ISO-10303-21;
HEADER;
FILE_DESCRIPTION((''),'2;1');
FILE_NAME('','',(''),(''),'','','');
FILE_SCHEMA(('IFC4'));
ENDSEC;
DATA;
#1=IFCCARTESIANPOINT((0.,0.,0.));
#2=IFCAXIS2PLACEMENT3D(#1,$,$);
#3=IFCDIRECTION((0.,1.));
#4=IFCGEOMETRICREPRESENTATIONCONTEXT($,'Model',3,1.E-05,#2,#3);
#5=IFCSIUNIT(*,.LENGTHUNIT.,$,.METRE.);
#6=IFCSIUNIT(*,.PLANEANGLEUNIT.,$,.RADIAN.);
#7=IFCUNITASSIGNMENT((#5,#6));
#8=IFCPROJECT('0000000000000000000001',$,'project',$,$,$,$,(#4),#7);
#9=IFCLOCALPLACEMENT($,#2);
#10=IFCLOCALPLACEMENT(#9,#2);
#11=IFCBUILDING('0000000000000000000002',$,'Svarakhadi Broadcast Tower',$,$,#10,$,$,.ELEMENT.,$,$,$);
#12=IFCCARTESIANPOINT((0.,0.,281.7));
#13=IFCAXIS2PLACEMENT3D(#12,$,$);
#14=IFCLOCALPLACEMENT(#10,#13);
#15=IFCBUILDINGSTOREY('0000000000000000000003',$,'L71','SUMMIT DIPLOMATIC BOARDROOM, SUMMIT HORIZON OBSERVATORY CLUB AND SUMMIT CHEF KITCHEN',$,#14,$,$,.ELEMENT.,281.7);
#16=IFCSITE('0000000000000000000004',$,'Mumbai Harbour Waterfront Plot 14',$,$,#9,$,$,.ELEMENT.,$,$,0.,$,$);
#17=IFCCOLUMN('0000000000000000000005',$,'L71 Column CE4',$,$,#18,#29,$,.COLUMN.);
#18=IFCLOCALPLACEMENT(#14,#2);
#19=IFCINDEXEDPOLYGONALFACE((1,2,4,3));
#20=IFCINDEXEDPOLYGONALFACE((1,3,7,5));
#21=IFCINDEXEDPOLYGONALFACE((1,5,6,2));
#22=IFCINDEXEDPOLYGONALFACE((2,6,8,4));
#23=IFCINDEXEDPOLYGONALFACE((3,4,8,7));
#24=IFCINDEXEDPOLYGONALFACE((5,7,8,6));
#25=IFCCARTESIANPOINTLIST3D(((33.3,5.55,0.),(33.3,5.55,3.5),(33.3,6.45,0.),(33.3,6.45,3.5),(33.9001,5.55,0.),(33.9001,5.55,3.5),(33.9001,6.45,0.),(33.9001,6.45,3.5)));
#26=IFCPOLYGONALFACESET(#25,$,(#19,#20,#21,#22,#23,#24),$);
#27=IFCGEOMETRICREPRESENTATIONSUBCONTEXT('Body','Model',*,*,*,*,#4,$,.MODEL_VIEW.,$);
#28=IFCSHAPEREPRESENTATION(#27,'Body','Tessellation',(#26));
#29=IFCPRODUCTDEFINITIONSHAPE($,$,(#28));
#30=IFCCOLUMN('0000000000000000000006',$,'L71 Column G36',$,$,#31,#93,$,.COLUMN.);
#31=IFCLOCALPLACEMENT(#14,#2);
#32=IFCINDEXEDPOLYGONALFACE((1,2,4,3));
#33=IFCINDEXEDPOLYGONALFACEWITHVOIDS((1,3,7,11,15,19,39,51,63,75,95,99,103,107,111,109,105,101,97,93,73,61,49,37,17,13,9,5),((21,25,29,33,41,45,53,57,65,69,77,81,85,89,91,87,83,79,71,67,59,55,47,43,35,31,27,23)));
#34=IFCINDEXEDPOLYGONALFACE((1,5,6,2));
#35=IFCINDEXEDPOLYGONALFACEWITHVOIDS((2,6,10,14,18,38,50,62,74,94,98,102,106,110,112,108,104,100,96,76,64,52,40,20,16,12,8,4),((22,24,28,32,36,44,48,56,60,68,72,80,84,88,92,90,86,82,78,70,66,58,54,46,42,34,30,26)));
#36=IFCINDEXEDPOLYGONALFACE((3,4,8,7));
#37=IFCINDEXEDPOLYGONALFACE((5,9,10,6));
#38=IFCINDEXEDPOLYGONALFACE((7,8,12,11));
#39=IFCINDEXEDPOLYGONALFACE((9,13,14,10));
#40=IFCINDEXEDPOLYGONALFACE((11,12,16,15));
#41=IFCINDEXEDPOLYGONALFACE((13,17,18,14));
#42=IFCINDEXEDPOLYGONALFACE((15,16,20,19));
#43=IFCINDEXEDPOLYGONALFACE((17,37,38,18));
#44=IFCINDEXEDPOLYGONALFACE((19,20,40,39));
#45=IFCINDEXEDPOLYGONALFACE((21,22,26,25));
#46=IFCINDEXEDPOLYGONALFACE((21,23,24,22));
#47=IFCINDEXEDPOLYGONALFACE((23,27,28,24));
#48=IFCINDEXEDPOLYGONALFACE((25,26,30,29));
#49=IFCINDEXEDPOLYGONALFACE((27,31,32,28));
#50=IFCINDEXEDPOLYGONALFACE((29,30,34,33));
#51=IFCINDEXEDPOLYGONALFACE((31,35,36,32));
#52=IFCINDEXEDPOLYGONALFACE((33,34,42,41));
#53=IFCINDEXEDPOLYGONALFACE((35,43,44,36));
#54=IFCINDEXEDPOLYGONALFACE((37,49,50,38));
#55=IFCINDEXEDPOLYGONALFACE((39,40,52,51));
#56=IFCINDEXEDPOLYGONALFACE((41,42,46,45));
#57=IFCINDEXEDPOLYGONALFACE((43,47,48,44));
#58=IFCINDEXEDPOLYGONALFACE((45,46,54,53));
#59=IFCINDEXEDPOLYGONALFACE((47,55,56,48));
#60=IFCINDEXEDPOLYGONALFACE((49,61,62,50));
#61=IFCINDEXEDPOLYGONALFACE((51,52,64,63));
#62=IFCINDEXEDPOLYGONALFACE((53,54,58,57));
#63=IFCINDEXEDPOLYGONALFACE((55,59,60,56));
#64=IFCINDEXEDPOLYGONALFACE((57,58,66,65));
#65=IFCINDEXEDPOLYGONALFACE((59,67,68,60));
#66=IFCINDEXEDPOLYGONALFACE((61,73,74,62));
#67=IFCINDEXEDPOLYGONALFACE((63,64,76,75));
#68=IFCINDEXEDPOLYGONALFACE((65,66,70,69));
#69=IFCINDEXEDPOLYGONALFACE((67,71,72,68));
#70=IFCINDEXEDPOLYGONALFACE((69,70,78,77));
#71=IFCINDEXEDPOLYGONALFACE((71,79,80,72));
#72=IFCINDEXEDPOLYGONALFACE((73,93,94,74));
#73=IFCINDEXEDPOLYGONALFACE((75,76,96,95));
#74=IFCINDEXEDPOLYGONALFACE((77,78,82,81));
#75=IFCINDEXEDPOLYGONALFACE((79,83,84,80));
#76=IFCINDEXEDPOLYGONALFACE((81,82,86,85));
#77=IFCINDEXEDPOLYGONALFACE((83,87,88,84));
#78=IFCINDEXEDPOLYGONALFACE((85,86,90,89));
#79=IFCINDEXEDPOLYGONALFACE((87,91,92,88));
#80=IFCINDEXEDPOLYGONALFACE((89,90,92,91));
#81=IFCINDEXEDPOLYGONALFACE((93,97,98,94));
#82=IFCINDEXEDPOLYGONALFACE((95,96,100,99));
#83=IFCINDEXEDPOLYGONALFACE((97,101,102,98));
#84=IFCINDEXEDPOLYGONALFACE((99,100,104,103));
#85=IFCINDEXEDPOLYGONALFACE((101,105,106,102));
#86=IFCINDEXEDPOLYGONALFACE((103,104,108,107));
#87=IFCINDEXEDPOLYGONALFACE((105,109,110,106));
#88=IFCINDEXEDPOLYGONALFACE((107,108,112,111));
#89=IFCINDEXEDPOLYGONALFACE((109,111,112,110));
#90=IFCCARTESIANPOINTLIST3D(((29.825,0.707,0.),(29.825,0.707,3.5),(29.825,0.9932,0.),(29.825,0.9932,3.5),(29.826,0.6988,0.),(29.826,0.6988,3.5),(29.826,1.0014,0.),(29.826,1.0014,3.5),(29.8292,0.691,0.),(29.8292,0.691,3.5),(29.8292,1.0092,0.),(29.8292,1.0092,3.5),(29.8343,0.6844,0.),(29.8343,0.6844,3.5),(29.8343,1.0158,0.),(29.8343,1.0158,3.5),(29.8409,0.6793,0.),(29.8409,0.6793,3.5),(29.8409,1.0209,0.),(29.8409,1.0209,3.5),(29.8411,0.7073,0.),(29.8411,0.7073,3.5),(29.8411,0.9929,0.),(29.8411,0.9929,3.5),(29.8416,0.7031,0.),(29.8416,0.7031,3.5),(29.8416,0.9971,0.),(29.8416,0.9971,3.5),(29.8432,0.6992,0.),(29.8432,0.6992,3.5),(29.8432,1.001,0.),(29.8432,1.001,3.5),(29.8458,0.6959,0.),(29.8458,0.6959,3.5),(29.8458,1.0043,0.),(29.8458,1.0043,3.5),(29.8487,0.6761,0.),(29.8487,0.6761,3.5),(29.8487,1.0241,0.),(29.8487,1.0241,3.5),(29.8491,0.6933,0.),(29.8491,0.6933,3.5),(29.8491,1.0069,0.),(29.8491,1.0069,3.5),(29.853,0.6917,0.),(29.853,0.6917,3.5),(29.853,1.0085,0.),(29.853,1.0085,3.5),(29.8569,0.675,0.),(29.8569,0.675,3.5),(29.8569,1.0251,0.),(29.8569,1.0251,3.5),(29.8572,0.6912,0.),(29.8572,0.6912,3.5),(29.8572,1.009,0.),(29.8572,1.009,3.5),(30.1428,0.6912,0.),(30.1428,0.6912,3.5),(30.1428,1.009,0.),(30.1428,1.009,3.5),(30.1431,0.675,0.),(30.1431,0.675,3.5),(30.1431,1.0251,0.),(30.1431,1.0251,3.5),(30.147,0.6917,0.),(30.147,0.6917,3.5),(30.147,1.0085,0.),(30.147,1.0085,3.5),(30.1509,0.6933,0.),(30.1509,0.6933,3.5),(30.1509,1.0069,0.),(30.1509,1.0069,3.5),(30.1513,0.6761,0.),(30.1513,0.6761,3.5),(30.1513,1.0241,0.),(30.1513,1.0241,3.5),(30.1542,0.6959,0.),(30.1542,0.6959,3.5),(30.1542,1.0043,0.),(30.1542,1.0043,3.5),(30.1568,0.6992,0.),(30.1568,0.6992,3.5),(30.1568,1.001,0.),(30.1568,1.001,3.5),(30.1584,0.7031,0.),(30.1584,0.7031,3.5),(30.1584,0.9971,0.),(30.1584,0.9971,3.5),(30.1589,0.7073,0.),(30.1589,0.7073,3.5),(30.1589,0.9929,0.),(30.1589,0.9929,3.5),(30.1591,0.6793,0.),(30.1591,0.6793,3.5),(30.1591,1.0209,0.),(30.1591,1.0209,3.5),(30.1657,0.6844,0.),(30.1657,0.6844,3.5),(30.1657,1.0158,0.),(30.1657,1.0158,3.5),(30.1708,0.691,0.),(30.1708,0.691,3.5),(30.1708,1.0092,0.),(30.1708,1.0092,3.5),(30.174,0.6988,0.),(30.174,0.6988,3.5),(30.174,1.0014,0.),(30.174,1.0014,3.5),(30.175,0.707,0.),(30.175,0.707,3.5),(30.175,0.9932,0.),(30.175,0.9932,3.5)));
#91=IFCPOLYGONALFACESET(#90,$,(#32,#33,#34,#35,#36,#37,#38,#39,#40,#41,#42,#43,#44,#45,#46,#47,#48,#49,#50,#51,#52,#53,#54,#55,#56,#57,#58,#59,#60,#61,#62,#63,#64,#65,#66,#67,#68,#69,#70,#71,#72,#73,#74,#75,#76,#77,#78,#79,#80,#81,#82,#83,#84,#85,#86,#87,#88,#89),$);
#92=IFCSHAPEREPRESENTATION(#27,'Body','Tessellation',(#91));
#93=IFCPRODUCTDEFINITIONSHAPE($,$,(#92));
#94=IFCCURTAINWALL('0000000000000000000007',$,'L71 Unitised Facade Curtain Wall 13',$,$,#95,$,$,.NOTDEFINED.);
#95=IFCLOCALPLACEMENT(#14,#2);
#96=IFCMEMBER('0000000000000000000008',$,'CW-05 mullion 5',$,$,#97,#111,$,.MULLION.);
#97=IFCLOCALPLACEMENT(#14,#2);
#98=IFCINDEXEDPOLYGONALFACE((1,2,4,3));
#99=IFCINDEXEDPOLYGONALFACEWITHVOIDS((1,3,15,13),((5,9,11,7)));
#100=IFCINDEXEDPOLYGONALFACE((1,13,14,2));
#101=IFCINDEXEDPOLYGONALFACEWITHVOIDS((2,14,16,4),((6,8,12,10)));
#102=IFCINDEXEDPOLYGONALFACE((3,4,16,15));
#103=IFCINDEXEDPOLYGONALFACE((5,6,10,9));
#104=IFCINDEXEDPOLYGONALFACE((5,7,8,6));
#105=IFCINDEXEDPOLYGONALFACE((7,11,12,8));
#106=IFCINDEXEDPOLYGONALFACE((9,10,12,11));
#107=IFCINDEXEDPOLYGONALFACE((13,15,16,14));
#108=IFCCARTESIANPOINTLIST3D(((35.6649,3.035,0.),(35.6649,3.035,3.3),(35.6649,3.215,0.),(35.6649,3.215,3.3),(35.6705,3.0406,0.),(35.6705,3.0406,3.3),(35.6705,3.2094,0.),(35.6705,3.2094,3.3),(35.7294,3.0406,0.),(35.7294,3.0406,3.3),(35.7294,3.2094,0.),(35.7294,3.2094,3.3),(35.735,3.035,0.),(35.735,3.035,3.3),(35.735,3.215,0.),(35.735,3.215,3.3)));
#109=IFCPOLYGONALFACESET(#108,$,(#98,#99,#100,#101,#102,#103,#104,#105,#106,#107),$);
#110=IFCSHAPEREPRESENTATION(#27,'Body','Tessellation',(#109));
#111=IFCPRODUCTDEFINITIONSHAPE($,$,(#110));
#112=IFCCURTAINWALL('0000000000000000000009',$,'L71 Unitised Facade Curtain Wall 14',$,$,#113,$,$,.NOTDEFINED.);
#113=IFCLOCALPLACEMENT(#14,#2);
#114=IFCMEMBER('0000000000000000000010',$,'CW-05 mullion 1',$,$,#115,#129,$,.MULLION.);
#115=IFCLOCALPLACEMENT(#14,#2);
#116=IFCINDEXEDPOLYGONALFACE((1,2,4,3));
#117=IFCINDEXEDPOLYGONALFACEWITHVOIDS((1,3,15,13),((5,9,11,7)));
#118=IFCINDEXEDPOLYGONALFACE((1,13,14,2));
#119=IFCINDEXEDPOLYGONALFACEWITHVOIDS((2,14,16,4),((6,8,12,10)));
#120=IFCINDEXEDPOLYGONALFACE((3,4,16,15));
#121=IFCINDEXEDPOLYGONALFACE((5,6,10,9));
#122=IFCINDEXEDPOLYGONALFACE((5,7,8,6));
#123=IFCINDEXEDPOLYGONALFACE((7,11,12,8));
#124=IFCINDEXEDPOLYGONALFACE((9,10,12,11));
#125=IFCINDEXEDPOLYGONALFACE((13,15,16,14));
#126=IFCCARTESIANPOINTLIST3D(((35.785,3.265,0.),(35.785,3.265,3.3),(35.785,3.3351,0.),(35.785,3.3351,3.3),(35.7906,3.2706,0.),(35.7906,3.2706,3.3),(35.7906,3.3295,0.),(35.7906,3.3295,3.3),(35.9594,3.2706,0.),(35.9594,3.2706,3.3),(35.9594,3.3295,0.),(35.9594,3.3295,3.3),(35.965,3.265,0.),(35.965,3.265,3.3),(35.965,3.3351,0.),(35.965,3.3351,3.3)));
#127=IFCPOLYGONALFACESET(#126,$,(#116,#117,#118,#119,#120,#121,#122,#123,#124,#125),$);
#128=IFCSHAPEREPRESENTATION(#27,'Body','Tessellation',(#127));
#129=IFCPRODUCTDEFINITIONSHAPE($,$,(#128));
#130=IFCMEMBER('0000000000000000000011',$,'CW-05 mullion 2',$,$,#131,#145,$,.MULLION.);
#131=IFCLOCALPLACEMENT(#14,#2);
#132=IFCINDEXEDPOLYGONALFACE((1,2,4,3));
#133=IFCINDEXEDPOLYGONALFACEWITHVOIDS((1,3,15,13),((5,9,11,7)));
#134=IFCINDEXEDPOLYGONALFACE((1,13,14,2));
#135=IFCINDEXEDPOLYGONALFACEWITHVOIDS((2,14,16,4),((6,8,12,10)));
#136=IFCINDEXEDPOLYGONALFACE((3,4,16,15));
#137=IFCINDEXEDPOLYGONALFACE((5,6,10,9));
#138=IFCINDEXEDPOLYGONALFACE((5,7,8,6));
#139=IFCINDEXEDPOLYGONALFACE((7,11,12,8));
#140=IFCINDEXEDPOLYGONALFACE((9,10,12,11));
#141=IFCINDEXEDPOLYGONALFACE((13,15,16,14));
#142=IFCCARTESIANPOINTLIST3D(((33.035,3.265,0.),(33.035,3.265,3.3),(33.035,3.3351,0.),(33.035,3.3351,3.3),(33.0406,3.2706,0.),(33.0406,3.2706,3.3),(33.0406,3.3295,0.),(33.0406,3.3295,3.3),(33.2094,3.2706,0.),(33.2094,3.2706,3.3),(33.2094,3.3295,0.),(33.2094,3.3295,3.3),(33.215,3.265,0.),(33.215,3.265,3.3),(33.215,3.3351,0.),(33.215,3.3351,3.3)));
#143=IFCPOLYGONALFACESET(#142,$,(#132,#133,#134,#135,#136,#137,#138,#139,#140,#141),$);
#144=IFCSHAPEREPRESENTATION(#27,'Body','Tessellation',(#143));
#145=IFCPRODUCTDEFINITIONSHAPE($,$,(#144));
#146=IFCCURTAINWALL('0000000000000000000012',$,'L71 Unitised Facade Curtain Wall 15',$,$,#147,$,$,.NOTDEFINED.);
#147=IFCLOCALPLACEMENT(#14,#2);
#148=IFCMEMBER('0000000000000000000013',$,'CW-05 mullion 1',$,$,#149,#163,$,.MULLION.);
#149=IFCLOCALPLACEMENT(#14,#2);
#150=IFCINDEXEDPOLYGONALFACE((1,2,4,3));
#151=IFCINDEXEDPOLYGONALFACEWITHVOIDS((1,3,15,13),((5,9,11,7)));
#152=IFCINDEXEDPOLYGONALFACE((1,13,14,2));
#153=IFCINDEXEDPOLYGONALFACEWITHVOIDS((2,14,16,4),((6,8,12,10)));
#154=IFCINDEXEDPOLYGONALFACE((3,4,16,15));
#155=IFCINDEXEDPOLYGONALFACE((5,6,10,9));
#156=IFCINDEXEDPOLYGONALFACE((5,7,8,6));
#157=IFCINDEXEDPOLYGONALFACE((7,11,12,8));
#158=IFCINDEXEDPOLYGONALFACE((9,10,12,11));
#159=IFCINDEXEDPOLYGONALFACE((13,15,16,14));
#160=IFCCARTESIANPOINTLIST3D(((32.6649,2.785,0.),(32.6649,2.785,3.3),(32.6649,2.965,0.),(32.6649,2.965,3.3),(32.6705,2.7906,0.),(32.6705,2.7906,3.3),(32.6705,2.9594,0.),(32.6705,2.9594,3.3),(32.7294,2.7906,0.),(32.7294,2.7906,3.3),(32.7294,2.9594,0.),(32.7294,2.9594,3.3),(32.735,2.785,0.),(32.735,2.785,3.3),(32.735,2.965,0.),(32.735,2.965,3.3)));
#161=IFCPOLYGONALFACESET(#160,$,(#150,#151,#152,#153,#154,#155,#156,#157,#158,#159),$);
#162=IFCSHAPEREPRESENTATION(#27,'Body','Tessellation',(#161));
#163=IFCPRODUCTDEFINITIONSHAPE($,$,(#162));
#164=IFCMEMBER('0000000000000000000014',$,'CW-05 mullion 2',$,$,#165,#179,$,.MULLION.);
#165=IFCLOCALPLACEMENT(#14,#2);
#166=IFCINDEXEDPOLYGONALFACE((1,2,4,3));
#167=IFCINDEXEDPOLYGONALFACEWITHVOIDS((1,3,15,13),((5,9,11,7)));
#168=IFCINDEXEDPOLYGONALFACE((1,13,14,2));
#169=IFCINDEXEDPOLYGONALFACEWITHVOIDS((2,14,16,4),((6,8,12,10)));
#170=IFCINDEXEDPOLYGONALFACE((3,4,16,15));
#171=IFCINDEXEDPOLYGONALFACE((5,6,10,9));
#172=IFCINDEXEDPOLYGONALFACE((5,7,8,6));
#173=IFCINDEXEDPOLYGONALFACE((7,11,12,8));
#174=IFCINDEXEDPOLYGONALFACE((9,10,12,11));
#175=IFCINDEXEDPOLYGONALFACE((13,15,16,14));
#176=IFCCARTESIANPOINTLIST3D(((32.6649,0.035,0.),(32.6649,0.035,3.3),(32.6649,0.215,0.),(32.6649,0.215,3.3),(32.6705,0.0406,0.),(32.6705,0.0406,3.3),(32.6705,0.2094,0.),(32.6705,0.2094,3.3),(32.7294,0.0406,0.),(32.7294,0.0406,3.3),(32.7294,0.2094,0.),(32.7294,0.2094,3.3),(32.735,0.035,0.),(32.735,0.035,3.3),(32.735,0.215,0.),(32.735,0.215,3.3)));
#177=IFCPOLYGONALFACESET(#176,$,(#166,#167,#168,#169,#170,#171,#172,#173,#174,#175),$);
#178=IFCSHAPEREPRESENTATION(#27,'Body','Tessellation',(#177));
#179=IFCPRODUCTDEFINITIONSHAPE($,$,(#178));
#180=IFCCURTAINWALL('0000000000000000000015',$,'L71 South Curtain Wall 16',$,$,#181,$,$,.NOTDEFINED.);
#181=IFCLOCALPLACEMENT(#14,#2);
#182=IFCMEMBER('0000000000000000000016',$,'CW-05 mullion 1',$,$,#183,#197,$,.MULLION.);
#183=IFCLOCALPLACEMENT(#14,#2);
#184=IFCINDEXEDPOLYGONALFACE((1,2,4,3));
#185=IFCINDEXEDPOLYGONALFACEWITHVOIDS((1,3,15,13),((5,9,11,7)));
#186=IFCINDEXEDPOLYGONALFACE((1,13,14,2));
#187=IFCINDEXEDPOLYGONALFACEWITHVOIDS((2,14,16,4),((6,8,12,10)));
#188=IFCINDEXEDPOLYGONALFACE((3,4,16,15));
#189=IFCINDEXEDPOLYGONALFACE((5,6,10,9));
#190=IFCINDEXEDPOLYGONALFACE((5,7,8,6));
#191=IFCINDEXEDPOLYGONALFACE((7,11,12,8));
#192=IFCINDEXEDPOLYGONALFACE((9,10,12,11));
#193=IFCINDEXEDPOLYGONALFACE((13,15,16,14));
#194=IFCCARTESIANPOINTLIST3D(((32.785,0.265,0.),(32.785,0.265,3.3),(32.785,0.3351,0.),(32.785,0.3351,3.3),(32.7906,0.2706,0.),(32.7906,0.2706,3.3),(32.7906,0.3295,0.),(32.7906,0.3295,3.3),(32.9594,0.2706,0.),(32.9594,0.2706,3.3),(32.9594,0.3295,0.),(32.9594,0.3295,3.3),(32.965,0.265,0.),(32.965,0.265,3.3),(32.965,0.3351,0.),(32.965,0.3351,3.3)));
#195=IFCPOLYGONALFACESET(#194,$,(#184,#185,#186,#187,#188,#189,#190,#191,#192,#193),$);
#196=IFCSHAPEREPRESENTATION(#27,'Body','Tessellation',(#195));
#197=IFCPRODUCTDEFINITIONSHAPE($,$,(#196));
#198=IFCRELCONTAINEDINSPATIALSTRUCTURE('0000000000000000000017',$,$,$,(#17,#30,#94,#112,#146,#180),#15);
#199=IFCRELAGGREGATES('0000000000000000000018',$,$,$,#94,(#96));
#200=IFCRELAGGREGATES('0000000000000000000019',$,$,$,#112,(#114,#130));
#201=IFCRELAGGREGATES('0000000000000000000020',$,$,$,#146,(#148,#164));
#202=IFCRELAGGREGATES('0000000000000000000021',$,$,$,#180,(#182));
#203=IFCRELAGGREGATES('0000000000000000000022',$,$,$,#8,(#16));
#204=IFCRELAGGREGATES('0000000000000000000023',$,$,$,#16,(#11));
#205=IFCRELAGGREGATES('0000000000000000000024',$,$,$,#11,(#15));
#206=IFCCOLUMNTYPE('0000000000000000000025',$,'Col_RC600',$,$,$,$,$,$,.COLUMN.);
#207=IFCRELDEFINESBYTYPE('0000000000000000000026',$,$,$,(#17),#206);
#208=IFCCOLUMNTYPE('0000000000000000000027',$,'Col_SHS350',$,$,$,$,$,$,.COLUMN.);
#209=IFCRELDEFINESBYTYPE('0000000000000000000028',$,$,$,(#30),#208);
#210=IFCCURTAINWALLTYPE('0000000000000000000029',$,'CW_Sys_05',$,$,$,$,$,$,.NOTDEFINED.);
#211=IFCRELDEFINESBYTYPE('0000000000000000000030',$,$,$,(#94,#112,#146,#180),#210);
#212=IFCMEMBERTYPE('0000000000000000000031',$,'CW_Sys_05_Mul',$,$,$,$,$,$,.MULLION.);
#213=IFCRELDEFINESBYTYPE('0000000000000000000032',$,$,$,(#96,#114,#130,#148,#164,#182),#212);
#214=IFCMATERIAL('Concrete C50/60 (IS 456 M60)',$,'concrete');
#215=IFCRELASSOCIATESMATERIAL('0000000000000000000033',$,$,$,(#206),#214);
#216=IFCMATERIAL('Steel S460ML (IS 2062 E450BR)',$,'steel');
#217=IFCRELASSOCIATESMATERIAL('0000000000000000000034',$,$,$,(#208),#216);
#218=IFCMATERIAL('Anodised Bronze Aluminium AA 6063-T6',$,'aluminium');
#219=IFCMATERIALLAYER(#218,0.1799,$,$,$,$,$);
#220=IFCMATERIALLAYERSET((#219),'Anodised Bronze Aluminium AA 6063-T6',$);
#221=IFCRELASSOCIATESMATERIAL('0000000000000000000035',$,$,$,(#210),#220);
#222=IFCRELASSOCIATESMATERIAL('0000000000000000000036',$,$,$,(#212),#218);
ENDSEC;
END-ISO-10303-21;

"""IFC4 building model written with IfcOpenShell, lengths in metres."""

from ifc_helpers import new_model, si_unit, direction, frame, origin, origin_2d, place, context, subcontext, project, spatial, rectangle, hollow_rectangle, extrude, material, layer, layer_set, material_profile, profile_set, type_object, element, aggregate, save


model = new_model("IFC4")

# Units and contexts
model_context = context("Model", 3, precision=1e-05, world=origin(), true_north=direction((0.0, 1.0)))
body_context = subcontext(model_context, "Body", "Model", "MODEL_VIEW")
ifc_project = project(units=[si_unit("LENGTHUNIT", "METRE"), si_unit("PLANEANGLEUNIT", "RADIAN")], contexts=[model_context])

# Site, building, storey
site_placement = place(None, origin())
site = spatial("IfcSite", under=ifc_project, at=site_placement, Name="Mumbai Harbour Waterfront Plot 14", CompositionType="ELEMENT", RefElevation=0.0)
building_placement = place(site_placement, origin())
building = spatial("IfcBuilding", under=site, at=building_placement, Name="Svarakhadi Broadcast Tower", CompositionType="ELEMENT")
storey_placement = place(building_placement, frame((0.0, 0.0, 281.7)))
storey = spatial("IfcBuildingStorey", under=building, at=storey_placement, Name="L71", Description="SUMMIT DIPLOMATIC BOARDROOM, SUMMIT HORIZON OBSERVATORY CLUB AND SUMMIT CHEF KITCHEN", CompositionType="ELEMENT", Elevation=281.7)

# Columns
ifc_material_1 = material(Name="Concrete C50/60 (IS 456 M60)", Category="concrete")
ifc_material_profile_1 = material_profile(ifc_material_1, rectangle(XDim=0.6001, YDim=0.8999, at=origin_2d()), Name="RC 600x900")
ifc_profile_set_1 = profile_set([ifc_material_profile_1], Name="Concrete C50/60 (IS 456 M60)")
column_type_1 = type_object("IfcColumnType", Name="Col_RC600", PredefinedType="COLUMN", material=ifc_profile_set_1)
column_1_placement = place(storey_placement, frame((33.6001, 6.0, 0.0), z_axis=(0.0, 0.0, 1.0), x_axis=(1.0, 0.0, 0.0)))
element("IfcColumn", 1, at=column_1_placement, inside=storey, type_object=column_type_1, Name="L71 Column CE4", PredefinedType="COLUMN", context=body_context, shape_type="SweptSolid", body=[
    extrude(rectangle(XDim=0.6001, YDim=0.8999, at=origin_2d()), origin(), (0.0, 0.0, 1.0), 3.5),
])
ifc_material_2 = material(Name="Steel S460ML (IS 2062 E450BR)", Category="steel")
ifc_material_profile_2 = material_profile(ifc_material_2, hollow_rectangle(XDim=0.3501, YDim=0.3501, WallThickness=0.0161, InnerFilletRadius=0.0161, OuterFilletRadius=0.032, at=origin_2d()), Name="SHS 350x350x16")
ifc_profile_set_2 = profile_set([ifc_material_profile_2], Name="Steel S460ML (IS 2062 E450BR)")
column_type_2 = type_object("IfcColumnType", Name="Col_SHS350", PredefinedType="COLUMN", material=ifc_profile_set_2)
column_2_placement = place(storey_placement, frame((30.0, 0.8501, 0.0), z_axis=(0.0, 0.0, 1.0), x_axis=(1.0, 0.0, 0.0)))
element("IfcColumn", 2, at=column_2_placement, inside=storey, type_object=column_type_2, Name="L71 Column G36", PredefinedType="COLUMN", context=body_context, shape_type="SweptSolid", body=[
    extrude(hollow_rectangle(XDim=0.3501, YDim=0.3501, WallThickness=0.0161, InnerFilletRadius=0.0161, OuterFilletRadius=0.032, at=origin_2d()), origin(), (0.0, 0.0, 1.0), 3.5),
])

# Curtain wall, member
ifc_material_3 = material(Name="Anodised Bronze Aluminium AA 6063-T6", Category="aluminium")
ifc_layer_1 = layer(ifc_material_3, 0.1799)
ifc_layer_set_1 = layer_set([ifc_layer_1], Name="Anodised Bronze Aluminium AA 6063-T6")
curtain_wall_type = type_object("IfcCurtainWallType", Name="CW_Sys_05", PredefinedType="NOTDEFINED", material=ifc_layer_set_1)
curtain_wall_1_placement = place(storey_placement, origin())
curtain_wall_1 = element("IfcCurtainWall", 3, at=curtain_wall_1_placement, inside=storey, type_object=curtain_wall_type, Name="L71 Unitised Facade Curtain Wall 13", PredefinedType="NOTDEFINED")
ifc_material_profile_3 = material_profile(ifc_material_3, hollow_rectangle(XDim=0.0701, YDim=0.1799, WallThickness=0.0056, at=origin_2d()), Name="ALU MULLION 180x70x6")
ifc_profile_set_3 = profile_set([ifc_material_profile_3], Name="Anodised Bronze Aluminium AA 6063-T6")
member_type_1 = type_object("IfcMemberType", Name="CW_Sys_05_Mul", PredefinedType="MULLION", material=ifc_profile_set_3)
member_1_placement = place(storey_placement, frame((35.7, 3.125, 0.0), z_axis=(0.0, 0.0, 1.0), x_axis=(1.0, 0.0, 0.0)))
member_1 = element("IfcMember", 4, at=member_1_placement, type_object=member_type_1, Name="CW-05 mullion 5", PredefinedType="MULLION", context=body_context, shape_type="SweptSolid", body=[
    extrude(hollow_rectangle(XDim=0.0701, YDim=0.1799, WallThickness=0.0056, at=origin_2d()), origin(), (0.0, 0.0, 1.0), 3.3),
])

# Curtain walls, members
curtain_wall_2_placement = place(storey_placement, origin())
curtain_wall_2 = element("IfcCurtainWall", 5, at=curtain_wall_2_placement, inside=storey, type_object=curtain_wall_type, Name="L71 Unitised Facade Curtain Wall 14", PredefinedType="NOTDEFINED")
member_2_placement = place(storey_placement, frame((35.875, 3.3, 0.0), z_axis=(0.0, 0.0, 1.0), x_axis=(0.0, -1.0, 0.0)))
member_2 = element("IfcMember", 6, at=member_2_placement, type_object=member_type_1, Name="CW-05 mullion 1", PredefinedType="MULLION", context=body_context, shape_type="SweptSolid", body=[
    extrude(hollow_rectangle(XDim=0.0701, YDim=0.1799, WallThickness=0.0056, at=origin_2d()), origin(), (0.0, 0.0, 1.0), 3.3),
])
member_3_placement = place(storey_placement, frame((33.125, 3.3, 0.0), z_axis=(0.0, 0.0, 1.0), x_axis=(0.0, -1.0, 0.0)))
member_3 = element("IfcMember", 7, at=member_3_placement, type_object=member_type_1, Name="CW-05 mullion 2", PredefinedType="MULLION", context=body_context, shape_type="SweptSolid", body=[
    extrude(hollow_rectangle(XDim=0.0701, YDim=0.1799, WallThickness=0.0056, at=origin_2d()), origin(), (0.0, 0.0, 1.0), 3.3),
])
curtain_wall_3_placement = place(storey_placement, origin())
curtain_wall_3 = element("IfcCurtainWall", 8, at=curtain_wall_3_placement, inside=storey, type_object=curtain_wall_type, Name="L71 Unitised Facade Curtain Wall 15", PredefinedType="NOTDEFINED")
member_4_placement = place(storey_placement, frame((32.7, 2.875, 0.0), z_axis=(0.0, 0.0, 1.0), x_axis=(1.0, 0.0, 0.0)))
member_4 = element("IfcMember", 9, at=member_4_placement, type_object=member_type_1, Name="CW-05 mullion 1", PredefinedType="MULLION", context=body_context, shape_type="SweptSolid", body=[
    extrude(hollow_rectangle(XDim=0.0701, YDim=0.1799, WallThickness=0.0056, at=origin_2d()), origin(), (0.0, 0.0, 1.0), 3.3),
])
member_5_placement = place(storey_placement, frame((32.7, 0.125, 0.0), z_axis=(0.0, 0.0, 1.0), x_axis=(1.0, 0.0, 0.0)))
member_5 = element("IfcMember", 10, at=member_5_placement, type_object=member_type_1, Name="CW-05 mullion 2", PredefinedType="MULLION", context=body_context, shape_type="SweptSolid", body=[
    extrude(hollow_rectangle(XDim=0.0701, YDim=0.1799, WallThickness=0.0056, at=origin_2d()), origin(), (0.0, 0.0, 1.0), 3.3),
])
curtain_wall_4_placement = place(storey_placement, origin())
curtain_wall_4 = element("IfcCurtainWall", 11, at=curtain_wall_4_placement, inside=storey, type_object=curtain_wall_type, Name="L71 South Curtain Wall 16", PredefinedType="NOTDEFINED")
member_6_placement = place(storey_placement, frame((32.875, 0.3, 0.0), z_axis=(0.0, 0.0, 1.0), x_axis=(0.0, -1.0, 0.0)))
member_6 = element("IfcMember", 12, at=member_6_placement, type_object=member_type_1, Name="CW-05 mullion 1", PredefinedType="MULLION", context=body_context, shape_type="SweptSolid", body=[
    extrude(hollow_rectangle(XDim=0.0701, YDim=0.1799, WallThickness=0.0056, at=origin_2d()), origin(), (0.0, 0.0, 1.0), 3.3),
])

aggregate(curtain_wall_1, [member_1])
aggregate(curtain_wall_2, [member_2, member_3])
aggregate(curtain_wall_3, [member_4, member_5])
aggregate(curtain_wall_4, [member_6])

save(model, "model.ifc")
